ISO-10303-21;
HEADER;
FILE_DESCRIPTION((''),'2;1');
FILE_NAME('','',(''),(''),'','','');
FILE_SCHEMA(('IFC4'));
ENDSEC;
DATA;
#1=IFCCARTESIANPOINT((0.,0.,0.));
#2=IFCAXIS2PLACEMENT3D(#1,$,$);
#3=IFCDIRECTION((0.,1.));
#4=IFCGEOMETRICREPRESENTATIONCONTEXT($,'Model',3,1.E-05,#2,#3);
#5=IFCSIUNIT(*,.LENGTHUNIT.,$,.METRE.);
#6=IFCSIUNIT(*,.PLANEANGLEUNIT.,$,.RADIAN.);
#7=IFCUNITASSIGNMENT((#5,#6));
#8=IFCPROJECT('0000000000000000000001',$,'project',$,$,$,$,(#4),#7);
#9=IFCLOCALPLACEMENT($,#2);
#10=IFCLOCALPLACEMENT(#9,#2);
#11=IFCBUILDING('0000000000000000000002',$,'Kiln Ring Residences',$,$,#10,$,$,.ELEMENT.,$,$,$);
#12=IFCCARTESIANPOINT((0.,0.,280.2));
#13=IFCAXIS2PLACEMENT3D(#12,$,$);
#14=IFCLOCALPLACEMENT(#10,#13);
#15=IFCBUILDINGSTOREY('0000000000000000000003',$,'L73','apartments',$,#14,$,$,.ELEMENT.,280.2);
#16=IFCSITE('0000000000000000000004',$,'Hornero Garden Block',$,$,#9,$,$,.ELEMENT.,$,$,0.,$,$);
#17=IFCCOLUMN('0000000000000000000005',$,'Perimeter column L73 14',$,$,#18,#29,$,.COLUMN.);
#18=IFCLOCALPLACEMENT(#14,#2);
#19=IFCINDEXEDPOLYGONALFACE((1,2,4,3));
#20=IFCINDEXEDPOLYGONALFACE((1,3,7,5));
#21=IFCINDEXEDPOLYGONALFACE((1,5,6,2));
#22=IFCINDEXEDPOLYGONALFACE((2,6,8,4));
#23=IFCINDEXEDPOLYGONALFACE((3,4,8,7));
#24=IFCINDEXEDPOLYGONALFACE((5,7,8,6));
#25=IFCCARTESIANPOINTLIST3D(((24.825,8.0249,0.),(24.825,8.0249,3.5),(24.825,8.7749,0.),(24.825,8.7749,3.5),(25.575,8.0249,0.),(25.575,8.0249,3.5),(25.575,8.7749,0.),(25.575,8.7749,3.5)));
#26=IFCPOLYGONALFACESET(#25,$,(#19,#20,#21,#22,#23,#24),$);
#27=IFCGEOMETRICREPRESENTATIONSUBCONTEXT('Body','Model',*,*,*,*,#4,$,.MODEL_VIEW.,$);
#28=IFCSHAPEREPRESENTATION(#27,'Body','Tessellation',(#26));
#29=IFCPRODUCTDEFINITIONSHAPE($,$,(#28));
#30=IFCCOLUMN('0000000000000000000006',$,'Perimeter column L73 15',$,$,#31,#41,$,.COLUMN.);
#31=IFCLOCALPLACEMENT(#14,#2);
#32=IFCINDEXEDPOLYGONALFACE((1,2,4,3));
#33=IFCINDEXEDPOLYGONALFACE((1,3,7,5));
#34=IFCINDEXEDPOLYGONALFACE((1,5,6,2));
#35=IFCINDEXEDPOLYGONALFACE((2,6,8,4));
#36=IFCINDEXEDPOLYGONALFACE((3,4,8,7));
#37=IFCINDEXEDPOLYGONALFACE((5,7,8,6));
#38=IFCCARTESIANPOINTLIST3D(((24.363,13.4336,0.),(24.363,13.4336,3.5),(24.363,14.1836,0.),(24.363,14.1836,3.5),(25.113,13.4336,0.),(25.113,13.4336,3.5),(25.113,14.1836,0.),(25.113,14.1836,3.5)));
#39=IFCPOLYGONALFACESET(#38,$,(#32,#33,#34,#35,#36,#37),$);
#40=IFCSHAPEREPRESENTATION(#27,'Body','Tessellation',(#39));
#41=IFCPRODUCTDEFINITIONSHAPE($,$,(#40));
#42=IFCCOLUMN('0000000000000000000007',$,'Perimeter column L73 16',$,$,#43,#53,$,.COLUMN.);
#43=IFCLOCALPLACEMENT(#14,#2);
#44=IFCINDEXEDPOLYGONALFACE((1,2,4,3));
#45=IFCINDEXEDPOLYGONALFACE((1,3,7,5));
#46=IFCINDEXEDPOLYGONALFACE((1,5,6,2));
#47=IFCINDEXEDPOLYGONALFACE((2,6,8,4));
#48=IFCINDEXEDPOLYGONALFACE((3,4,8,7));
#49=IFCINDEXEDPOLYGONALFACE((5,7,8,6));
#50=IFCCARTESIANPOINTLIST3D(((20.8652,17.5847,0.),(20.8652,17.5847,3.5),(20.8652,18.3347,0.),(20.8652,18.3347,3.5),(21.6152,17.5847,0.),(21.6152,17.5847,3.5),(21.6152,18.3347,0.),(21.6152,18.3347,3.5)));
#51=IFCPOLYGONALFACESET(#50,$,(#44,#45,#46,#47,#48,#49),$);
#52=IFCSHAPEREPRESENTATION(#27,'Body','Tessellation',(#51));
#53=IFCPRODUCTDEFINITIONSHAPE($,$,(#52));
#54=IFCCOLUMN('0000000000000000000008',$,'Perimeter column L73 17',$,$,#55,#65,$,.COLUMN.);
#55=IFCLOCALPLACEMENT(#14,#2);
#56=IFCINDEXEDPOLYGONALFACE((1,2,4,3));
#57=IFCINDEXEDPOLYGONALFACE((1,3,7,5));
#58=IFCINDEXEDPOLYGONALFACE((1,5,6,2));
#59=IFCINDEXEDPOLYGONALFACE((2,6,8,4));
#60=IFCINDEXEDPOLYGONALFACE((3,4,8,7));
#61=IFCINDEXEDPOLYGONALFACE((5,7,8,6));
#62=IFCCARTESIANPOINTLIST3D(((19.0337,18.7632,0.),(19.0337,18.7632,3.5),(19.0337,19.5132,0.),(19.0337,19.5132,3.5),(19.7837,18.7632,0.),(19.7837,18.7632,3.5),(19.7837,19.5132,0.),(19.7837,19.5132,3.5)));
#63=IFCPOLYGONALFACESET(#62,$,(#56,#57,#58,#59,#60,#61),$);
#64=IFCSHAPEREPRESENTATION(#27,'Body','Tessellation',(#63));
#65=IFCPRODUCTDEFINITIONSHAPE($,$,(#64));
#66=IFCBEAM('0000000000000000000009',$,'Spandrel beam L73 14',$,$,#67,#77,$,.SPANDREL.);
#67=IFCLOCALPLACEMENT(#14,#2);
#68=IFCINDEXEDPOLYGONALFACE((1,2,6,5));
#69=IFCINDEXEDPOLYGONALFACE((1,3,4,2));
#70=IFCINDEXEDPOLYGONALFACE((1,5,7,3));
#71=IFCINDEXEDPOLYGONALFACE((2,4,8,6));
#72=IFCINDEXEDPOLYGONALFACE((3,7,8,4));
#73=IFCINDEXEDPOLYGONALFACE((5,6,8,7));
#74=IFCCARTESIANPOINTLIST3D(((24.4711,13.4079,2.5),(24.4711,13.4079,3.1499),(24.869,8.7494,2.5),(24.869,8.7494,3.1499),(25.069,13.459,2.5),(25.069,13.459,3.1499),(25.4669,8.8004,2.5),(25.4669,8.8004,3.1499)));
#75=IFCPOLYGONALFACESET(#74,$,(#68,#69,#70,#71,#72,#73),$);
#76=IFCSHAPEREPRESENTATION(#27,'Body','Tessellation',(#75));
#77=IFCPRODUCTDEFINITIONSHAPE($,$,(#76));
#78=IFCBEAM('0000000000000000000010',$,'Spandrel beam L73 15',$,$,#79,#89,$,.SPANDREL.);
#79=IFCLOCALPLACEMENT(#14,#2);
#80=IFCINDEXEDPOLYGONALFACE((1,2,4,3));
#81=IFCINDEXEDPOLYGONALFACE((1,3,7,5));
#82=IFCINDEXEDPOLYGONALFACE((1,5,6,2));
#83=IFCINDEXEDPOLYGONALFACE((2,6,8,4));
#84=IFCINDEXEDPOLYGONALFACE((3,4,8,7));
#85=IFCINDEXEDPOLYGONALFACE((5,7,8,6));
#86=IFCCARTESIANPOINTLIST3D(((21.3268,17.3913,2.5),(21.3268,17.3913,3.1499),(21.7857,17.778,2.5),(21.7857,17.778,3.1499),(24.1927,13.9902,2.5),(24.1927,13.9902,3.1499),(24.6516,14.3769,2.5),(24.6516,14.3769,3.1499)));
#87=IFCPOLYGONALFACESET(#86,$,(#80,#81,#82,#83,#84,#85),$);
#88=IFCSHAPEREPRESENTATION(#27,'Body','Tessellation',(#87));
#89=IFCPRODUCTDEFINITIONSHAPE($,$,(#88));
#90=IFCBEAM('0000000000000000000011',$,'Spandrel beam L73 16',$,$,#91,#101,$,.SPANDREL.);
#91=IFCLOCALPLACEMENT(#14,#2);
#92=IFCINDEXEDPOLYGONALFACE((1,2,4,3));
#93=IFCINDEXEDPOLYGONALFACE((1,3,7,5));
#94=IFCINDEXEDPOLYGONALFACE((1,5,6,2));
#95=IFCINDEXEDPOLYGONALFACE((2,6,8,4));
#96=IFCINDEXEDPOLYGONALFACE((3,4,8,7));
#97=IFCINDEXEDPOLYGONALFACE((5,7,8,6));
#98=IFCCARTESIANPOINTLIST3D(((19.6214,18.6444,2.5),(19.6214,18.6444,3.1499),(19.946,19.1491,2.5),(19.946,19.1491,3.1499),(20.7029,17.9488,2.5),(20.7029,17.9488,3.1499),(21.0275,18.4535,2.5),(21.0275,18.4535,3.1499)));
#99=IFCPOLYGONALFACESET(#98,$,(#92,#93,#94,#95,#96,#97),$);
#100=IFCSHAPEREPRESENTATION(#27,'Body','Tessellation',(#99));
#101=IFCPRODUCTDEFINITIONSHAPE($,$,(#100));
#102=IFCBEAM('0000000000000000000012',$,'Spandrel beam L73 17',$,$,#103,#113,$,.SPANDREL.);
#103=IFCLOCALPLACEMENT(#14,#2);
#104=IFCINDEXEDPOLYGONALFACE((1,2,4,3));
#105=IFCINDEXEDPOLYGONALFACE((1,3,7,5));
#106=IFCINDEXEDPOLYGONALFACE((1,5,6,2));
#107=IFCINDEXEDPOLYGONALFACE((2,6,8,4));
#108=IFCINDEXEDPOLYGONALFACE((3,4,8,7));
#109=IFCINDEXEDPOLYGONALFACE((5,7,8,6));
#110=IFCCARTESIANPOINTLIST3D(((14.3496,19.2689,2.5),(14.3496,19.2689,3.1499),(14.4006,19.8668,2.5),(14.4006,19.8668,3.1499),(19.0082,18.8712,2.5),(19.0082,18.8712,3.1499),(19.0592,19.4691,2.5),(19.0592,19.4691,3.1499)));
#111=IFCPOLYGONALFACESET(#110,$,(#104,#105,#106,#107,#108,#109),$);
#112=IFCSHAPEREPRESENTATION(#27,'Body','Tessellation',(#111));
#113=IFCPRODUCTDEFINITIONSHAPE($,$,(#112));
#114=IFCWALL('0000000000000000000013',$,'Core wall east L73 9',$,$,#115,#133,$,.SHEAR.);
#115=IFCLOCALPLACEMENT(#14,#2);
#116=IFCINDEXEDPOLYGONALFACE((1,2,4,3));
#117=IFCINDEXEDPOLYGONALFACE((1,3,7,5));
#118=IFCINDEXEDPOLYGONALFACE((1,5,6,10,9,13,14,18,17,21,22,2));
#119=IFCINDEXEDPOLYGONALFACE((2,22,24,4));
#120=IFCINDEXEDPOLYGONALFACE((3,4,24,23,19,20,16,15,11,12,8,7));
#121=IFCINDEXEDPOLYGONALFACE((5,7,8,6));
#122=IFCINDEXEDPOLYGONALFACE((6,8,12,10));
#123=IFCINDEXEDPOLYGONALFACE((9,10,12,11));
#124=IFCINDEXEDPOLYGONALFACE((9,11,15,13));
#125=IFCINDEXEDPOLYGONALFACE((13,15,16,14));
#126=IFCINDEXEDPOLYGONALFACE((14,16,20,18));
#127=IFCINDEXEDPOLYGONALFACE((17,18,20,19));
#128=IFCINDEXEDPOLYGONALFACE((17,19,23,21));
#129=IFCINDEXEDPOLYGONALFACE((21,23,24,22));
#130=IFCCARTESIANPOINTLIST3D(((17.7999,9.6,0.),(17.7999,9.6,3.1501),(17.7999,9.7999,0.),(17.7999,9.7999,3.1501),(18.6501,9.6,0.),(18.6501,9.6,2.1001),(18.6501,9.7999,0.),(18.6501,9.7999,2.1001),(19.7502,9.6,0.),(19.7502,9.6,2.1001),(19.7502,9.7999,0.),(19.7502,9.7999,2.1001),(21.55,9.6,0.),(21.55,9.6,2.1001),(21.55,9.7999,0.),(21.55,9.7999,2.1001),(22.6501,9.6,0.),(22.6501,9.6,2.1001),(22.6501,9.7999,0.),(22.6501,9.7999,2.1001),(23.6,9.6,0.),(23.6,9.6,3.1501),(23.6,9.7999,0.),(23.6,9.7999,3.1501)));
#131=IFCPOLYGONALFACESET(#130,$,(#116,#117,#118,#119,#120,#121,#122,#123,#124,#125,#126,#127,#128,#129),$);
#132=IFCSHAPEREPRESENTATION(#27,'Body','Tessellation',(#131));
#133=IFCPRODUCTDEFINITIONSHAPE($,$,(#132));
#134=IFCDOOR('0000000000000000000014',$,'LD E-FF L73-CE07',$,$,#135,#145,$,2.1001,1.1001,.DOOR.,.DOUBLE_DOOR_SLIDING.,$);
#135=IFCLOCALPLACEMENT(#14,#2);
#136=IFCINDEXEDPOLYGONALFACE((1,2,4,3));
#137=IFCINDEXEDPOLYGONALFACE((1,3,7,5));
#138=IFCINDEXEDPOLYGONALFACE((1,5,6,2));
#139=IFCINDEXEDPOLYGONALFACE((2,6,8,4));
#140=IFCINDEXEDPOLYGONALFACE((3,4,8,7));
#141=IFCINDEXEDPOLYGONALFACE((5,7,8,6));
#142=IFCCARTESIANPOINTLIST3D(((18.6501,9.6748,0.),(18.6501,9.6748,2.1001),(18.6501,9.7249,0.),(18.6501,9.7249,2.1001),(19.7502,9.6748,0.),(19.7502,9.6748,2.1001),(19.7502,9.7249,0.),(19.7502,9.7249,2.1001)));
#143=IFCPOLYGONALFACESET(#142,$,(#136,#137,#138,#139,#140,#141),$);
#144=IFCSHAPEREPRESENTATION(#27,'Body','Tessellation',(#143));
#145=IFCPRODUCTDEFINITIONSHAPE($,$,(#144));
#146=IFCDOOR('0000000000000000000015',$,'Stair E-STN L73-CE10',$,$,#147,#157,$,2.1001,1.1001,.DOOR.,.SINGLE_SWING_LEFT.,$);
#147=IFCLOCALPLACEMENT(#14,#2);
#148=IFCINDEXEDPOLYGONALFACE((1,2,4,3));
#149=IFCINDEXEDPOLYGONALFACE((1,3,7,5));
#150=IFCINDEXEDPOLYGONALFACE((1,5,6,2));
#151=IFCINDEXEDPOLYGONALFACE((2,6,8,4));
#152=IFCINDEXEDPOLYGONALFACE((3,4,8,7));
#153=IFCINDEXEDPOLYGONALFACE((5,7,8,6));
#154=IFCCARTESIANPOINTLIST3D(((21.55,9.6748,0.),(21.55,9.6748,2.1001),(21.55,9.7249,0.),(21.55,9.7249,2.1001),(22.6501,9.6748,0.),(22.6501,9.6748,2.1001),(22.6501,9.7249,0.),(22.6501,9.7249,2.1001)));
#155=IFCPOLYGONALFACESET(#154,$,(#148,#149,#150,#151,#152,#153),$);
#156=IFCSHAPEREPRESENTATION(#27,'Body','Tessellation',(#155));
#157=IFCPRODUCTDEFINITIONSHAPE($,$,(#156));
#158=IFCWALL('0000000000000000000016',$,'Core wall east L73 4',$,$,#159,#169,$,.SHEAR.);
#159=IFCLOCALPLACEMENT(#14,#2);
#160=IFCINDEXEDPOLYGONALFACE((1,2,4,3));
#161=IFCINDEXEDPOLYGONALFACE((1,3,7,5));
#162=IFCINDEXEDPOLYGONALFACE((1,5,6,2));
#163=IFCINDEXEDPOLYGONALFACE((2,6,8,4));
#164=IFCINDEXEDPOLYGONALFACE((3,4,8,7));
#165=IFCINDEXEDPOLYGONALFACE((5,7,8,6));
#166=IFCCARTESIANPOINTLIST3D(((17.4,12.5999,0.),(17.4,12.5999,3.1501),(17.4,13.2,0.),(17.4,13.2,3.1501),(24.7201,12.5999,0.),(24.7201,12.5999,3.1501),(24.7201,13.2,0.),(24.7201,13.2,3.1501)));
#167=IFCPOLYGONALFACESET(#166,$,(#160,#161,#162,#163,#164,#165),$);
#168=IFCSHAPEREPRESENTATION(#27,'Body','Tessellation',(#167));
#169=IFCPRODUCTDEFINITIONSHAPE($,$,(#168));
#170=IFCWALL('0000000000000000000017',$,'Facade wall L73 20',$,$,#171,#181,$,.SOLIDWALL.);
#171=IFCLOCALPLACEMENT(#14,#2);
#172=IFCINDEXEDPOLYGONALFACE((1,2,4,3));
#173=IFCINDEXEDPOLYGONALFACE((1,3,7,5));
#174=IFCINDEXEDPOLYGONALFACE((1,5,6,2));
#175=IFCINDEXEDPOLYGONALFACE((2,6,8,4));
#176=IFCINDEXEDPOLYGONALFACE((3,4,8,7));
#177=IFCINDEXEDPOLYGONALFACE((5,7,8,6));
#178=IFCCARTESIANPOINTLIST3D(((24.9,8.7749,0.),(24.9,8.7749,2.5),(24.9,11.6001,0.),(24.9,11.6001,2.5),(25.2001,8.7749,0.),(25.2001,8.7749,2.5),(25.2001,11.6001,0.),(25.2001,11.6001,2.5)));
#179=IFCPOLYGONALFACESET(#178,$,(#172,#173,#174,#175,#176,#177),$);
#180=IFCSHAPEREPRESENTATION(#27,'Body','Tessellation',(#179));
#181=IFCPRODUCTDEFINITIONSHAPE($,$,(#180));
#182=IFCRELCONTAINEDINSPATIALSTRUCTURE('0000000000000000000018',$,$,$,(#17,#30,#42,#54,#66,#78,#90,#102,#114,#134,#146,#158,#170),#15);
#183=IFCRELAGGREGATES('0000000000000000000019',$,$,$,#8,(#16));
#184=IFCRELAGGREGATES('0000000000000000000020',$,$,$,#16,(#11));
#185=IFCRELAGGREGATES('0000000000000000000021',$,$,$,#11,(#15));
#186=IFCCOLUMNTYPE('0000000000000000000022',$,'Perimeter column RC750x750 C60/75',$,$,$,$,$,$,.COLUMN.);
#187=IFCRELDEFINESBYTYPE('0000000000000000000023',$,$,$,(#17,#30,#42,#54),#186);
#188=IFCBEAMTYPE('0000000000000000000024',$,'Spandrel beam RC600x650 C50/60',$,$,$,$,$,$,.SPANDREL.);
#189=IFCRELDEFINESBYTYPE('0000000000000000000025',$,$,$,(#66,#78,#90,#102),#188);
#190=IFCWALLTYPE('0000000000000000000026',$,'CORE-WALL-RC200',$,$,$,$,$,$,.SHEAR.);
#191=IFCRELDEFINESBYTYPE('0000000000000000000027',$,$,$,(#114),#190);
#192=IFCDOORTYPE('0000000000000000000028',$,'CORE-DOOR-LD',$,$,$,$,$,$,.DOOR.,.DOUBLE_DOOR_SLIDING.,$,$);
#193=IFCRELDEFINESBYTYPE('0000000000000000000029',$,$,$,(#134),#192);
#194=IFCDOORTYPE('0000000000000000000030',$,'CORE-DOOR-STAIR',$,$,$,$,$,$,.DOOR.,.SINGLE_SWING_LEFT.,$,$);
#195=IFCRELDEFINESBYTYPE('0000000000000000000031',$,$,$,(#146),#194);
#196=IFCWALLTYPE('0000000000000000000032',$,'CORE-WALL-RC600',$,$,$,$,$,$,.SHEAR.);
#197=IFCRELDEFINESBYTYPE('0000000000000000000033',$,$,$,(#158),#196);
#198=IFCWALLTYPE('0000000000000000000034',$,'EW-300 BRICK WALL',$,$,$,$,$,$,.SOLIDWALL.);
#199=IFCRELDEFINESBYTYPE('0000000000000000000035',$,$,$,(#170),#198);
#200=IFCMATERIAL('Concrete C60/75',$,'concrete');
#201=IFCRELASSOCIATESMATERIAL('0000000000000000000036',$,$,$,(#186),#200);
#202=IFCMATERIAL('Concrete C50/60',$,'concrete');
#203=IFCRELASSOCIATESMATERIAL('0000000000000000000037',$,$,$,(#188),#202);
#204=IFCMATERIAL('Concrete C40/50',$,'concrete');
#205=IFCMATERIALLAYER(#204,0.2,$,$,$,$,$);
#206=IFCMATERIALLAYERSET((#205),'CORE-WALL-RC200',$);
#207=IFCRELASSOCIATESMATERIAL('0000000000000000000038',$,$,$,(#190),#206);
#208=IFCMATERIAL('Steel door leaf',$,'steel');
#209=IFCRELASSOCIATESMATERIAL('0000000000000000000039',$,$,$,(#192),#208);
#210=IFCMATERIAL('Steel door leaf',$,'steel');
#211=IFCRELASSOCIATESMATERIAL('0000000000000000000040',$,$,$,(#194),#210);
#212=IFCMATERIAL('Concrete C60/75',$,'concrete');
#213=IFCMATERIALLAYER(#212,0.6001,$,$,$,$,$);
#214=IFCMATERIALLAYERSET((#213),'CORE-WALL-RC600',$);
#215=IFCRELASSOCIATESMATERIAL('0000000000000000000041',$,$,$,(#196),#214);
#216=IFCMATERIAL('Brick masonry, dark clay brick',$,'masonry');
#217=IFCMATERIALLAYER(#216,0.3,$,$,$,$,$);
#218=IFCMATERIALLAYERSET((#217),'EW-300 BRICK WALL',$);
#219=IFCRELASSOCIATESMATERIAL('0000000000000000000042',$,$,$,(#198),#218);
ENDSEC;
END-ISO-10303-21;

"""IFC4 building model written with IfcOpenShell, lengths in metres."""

from ifc_helpers import new_model, si_unit, direction, frame, frame_2d, origin, origin_2d, place, context, subcontext, project, spatial, rectangle, extrude, material, layer, layer_set, material_profile, profile_set, type_object, element, fill, save


model = new_model("IFC4")

# Units and contexts
model_context = context("Model", 3, precision=1e-05, world=origin(), true_north=direction((0.0, 1.0)))
body_context = subcontext(model_context, "Body", "Model", "MODEL_VIEW")
ifc_project = project(units=[si_unit("LENGTHUNIT", "METRE"), si_unit("PLANEANGLEUNIT", "RADIAN")], contexts=[model_context])

# Site, building, storey
site_placement = place(None, origin())
site = spatial("IfcSite", under=ifc_project, at=site_placement, Name="Hornero Garden Block", CompositionType="ELEMENT", RefElevation=0.0)
building_placement = place(site_placement, origin())
building = spatial("IfcBuilding", under=site, at=building_placement, Name="Kiln Ring Residences", CompositionType="ELEMENT")
storey_placement = place(building_placement, frame((0.0, 0.0, 280.2)))
storey = spatial("IfcBuildingStorey", under=building, at=storey_placement, Name="L73", Description="apartments", CompositionType="ELEMENT", Elevation=280.2)

# Columns
ifc_material_1 = material(Name="Concrete C60/75", Category="concrete")
ifc_material_profile_1 = material_profile(ifc_material_1, rectangle(XDim=0.75, YDim=0.75, at=origin_2d()), Name="RC750x750")
ifc_profile_set_1 = profile_set([ifc_material_profile_1], Name="Concrete C60/75")
column_type = type_object("IfcColumnType", Name="Perimeter column RC750x750 C60/75", PredefinedType="COLUMN", material=ifc_profile_set_1)
for number, where, z_axis, x_axis, name in (
    (1, (25.2, 8.3999, 0.0), (0.0, 0.0, 1.0), (1.0, 0.0, 0.0), "Perimeter column L73 14"),
    (2, (24.738, 13.8086, 0.0), (0.0, 0.0, 1.0), (1.0, 0.0, 0.0), "Perimeter column L73 15"),
    (3, (21.2402, 17.9597, 0.0), (0.0, 0.0, 1.0), (1.0, 0.0, 0.0), "Perimeter column L73 16"),
    (4, (19.4087, 19.1382, 0.0), (0.0, 0.0, 1.0), (1.0, 0.0, 0.0), "Perimeter column L73 17"),
):
    element("IfcColumn", number, at=place(storey_placement, frame(where, z_axis=z_axis, x_axis=x_axis)), inside=storey, type_object=column_type, Name=name, PredefinedType="COLUMN", context=body_context, shape_type="SweptSolid", body=[
        extrude(rectangle(XDim=0.75, YDim=0.75, at=origin_2d()), origin(), (0.0, 0.0, 1.0), 3.5),
    ])

# Beams
ifc_material_2 = material(Name="Concrete C50/60", Category="concrete")
ifc_material_profile_2 = material_profile(ifc_material_2, rectangle(XDim=0.6001, YDim=0.6499, at=origin_2d()), Name="RC600x650")
ifc_profile_set_2 = profile_set([ifc_material_profile_2], Name="Concrete C50/60")
beam_type = type_object("IfcBeamType", Name="Spandrel beam RC600x650 C50/60", PredefinedType="SPANDREL", material=ifc_profile_set_2)
beam_1_placement = place(storey_placement, frame((25.168, 8.7749, 2.825), z_axis=(-0.085111, 0.996371, 0.0), x_axis=(-0.996371, -0.085111, 0.0)))
element("IfcBeam", 5, at=beam_1_placement, inside=storey, type_object=beam_type, Name="Spandrel beam L73 14", PredefinedType="SPANDREL", context=body_context, shape_type="SweptSolid", body=[
    extrude(rectangle(XDim=0.6001, YDim=0.6499, at=origin_2d()), origin(), (0.0, 0.0, 1.0), 4.6755),
])
beam_2_placement = place(storey_placement, frame((24.4221, 14.1836, 2.825), z_axis=(-0.644381, 0.764705, 0.0), x_axis=(-0.764705, -0.644381, 0.0)))
element("IfcBeam", 6, at=beam_2_placement, inside=storey, type_object=beam_type, Name="Spandrel beam L73 15", PredefinedType="SPANDREL", context=body_context, shape_type="SweptSolid", body=[
    extrude(rectangle(XDim=0.6001, YDim=0.6499, at=origin_2d()), origin(), (0.0, 0.0, 1.0), 4.4475),
])
beam_3_placement = place(storey_placement, frame((20.8652, 18.2012, 2.825), z_axis=(-0.84108, 0.540911, 0.0), x_axis=(-0.540911, -0.84108, 0.0)))
element("IfcBeam", 7, at=beam_3_placement, inside=storey, type_object=beam_type, Name="Spandrel beam L73 16", PredefinedType="SPANDREL", context=body_context, shape_type="SweptSolid", body=[
    extrude(rectangle(XDim=0.6001, YDim=0.6499, at=origin_2d()), origin(), (0.0, 0.0, 1.0), 1.2859),
])
beam_4_placement = place(storey_placement, frame((19.0337, 19.1702, 2.825), z_axis=(-0.996376, 0.085059, 0.0), x_axis=(-0.085059, -0.996376, 0.0)))
element("IfcBeam", 8, at=beam_4_placement, inside=storey, type_object=beam_type, Name="Spandrel beam L73 17", PredefinedType="SPANDREL", context=body_context, shape_type="SweptSolid", body=[
    extrude(rectangle(XDim=0.6001, YDim=0.6499, at=origin_2d()), origin(), (0.0, 0.0, 1.0), 4.6755),
])

# Wall, openings, doors
ifc_material_3 = material(Name="Concrete C40/50", Category="concrete")
ifc_layer_1 = layer(ifc_material_3, 0.2)
ifc_layer_set_1 = layer_set([ifc_layer_1], Name="CORE-WALL-RC200")
wall_type_1 = type_object("IfcWallType", Name="CORE-WALL-RC200", PredefinedType="SHEAR", material=ifc_layer_set_1)
wall_1_placement = place(storey_placement, frame((17.8, 9.7, 0.0), z_axis=(0.0, 0.0, 1.0), x_axis=(1.0, 0.0, 0.0)))
wall_1 = element("IfcWall", 9, at=wall_1_placement, inside=storey, type_object=wall_type_1, Name="Core wall east L73 9", PredefinedType="SHEAR", context=body_context, shape_type="SweptSolid", body=[
    extrude(rectangle(XDim=5.8, YDim=0.2, at=frame_2d((2.8999, 0.0))), origin(), (0.0, 0.0, 1.0), 3.1501),
])
opening_1_placement = place(wall_1_placement, frame((0.8501, 0.0, 0.0)))
opening_1 = element("IfcOpeningElement", 10, at=opening_1_placement, cuts=wall_1, PredefinedType="OPENING", context=body_context, shape_type="SweptSolid", body=[
    extrude(rectangle(XDim=1.1001, YDim=2.1001, at=frame_2d((0.55, 1.05))), frame((0.0, 0.1099, 0.0), z_axis=(0.0, -1.0, 0.0), x_axis=(1.0, 0.0, 0.0)), (0.0, 0.0, 1.0), 0.22),
])
opening_2_placement = place(wall_1_placement, frame((3.75, 0.0, 0.0)))
opening_2 = element("IfcOpeningElement", 11, at=opening_2_placement, cuts=wall_1, PredefinedType="OPENING", context=body_context, shape_type="SweptSolid", body=[
    extrude(rectangle(XDim=1.1001, YDim=2.1001, at=frame_2d((0.55, 1.05))), frame((0.0, 0.1099, 0.0), z_axis=(0.0, -1.0, 0.0), x_axis=(1.0, 0.0, 0.0)), (0.0, 0.0, 1.0), 0.22),
])
ifc_material_4 = material(Name="Steel door leaf", Category="steel")
door_type_1 = type_object("IfcDoorType", Name="CORE-DOOR-LD", OperationType="DOUBLE_DOOR_SLIDING", PredefinedType="DOOR", material=ifc_material_4)
door_1_placement = place(opening_1_placement, origin())
door_1 = element("IfcDoor", 12, at=door_1_placement, inside=storey, type_object=door_type_1, Name="LD E-FF L73-CE07", OperationType="DOUBLE_DOOR_SLIDING", OverallHeight=2.1001, OverallWidth=1.1001, PredefinedType="DOOR", context=body_context, shape_type="SweptSolid", body=[
    extrude(rectangle(XDim=1.1001, YDim=2.1001, at=frame_2d((0.55, 1.05))), frame((0.0, 0.0249, 0.0), z_axis=(0.0, -1.0, 0.0), x_axis=(1.0, 0.0, 0.0)), (0.0, 0.0, 1.0), 0.05),
])
fill(opening_1, door_1)
ifc_material_5 = material(Name="Steel door leaf", Category="steel")
door_type_2 = type_object("IfcDoorType", Name="CORE-DOOR-STAIR", OperationType="SINGLE_SWING_LEFT", PredefinedType="DOOR", material=ifc_material_5)
door_2_placement = place(opening_2_placement, origin())
door_2 = element("IfcDoor", 13, at=door_2_placement, inside=storey, type_object=door_type_2, Name="Stair E-STN L73-CE10", OperationType="SINGLE_SWING_LEFT", OverallHeight=2.1001, OverallWidth=1.1001, PredefinedType="DOOR", context=body_context, shape_type="SweptSolid", body=[
    extrude(rectangle(XDim=1.1001, YDim=2.1001, at=frame_2d((0.55, 1.05))), frame((0.0, 0.0249, 0.0), z_axis=(0.0, -1.0, 0.0), x_axis=(1.0, 0.0, 0.0)), (0.0, 0.0, 1.0), 0.05),
])
fill(opening_2, door_2)

# Walls
ifc_material_6 = material(Name="Concrete C60/75", Category="concrete")
ifc_layer_2 = layer(ifc_material_6, 0.6001)
ifc_layer_set_2 = layer_set([ifc_layer_2], Name="CORE-WALL-RC600")
wall_type_2 = type_object("IfcWallType", Name="CORE-WALL-RC600", PredefinedType="SHEAR", material=ifc_layer_set_2)
wall_2_placement = place(storey_placement, frame((17.3999, 12.8999, 0.0), z_axis=(0.0, 0.0, 1.0), x_axis=(1.0, 0.0, 0.0)))
element("IfcWall", 14, at=wall_2_placement, inside=storey, type_object=wall_type_2, Name="Core wall east L73 4", PredefinedType="SHEAR", context=body_context, shape_type="SweptSolid", body=[
    extrude(rectangle(XDim=7.3201, YDim=0.6001, at=frame_2d((3.6602, 0.0))), origin(), (0.0, 0.0, 1.0), 3.1501),
])
ifc_material_7 = material(Name="Brick masonry, dark clay brick", Category="masonry")
ifc_layer_3 = layer(ifc_material_7, 0.3)
ifc_layer_set_3 = layer_set([ifc_layer_3], Name="EW-300 BRICK WALL")
wall_type_3 = type_object("IfcWallType", Name="EW-300 BRICK WALL", PredefinedType="SOLIDWALL", material=ifc_layer_set_3)
wall_3_placement = place(storey_placement, frame((25.05, 8.7749, 0.0), z_axis=(0.0, 0.0, 1.0), x_axis=(0.0, 1.0, 0.0)))
element("IfcWall", 15, at=wall_3_placement, inside=storey, type_object=wall_type_3, Name="Facade wall L73 20", PredefinedType="SOLIDWALL", context=body_context, shape_type="SweptSolid", body=[
    extrude(rectangle(XDim=2.8252, YDim=0.3, at=frame_2d((1.4126, 0.0))), origin(), (0.0, 0.0, 1.0), 2.5),
])

save(model, "model.ifc")
